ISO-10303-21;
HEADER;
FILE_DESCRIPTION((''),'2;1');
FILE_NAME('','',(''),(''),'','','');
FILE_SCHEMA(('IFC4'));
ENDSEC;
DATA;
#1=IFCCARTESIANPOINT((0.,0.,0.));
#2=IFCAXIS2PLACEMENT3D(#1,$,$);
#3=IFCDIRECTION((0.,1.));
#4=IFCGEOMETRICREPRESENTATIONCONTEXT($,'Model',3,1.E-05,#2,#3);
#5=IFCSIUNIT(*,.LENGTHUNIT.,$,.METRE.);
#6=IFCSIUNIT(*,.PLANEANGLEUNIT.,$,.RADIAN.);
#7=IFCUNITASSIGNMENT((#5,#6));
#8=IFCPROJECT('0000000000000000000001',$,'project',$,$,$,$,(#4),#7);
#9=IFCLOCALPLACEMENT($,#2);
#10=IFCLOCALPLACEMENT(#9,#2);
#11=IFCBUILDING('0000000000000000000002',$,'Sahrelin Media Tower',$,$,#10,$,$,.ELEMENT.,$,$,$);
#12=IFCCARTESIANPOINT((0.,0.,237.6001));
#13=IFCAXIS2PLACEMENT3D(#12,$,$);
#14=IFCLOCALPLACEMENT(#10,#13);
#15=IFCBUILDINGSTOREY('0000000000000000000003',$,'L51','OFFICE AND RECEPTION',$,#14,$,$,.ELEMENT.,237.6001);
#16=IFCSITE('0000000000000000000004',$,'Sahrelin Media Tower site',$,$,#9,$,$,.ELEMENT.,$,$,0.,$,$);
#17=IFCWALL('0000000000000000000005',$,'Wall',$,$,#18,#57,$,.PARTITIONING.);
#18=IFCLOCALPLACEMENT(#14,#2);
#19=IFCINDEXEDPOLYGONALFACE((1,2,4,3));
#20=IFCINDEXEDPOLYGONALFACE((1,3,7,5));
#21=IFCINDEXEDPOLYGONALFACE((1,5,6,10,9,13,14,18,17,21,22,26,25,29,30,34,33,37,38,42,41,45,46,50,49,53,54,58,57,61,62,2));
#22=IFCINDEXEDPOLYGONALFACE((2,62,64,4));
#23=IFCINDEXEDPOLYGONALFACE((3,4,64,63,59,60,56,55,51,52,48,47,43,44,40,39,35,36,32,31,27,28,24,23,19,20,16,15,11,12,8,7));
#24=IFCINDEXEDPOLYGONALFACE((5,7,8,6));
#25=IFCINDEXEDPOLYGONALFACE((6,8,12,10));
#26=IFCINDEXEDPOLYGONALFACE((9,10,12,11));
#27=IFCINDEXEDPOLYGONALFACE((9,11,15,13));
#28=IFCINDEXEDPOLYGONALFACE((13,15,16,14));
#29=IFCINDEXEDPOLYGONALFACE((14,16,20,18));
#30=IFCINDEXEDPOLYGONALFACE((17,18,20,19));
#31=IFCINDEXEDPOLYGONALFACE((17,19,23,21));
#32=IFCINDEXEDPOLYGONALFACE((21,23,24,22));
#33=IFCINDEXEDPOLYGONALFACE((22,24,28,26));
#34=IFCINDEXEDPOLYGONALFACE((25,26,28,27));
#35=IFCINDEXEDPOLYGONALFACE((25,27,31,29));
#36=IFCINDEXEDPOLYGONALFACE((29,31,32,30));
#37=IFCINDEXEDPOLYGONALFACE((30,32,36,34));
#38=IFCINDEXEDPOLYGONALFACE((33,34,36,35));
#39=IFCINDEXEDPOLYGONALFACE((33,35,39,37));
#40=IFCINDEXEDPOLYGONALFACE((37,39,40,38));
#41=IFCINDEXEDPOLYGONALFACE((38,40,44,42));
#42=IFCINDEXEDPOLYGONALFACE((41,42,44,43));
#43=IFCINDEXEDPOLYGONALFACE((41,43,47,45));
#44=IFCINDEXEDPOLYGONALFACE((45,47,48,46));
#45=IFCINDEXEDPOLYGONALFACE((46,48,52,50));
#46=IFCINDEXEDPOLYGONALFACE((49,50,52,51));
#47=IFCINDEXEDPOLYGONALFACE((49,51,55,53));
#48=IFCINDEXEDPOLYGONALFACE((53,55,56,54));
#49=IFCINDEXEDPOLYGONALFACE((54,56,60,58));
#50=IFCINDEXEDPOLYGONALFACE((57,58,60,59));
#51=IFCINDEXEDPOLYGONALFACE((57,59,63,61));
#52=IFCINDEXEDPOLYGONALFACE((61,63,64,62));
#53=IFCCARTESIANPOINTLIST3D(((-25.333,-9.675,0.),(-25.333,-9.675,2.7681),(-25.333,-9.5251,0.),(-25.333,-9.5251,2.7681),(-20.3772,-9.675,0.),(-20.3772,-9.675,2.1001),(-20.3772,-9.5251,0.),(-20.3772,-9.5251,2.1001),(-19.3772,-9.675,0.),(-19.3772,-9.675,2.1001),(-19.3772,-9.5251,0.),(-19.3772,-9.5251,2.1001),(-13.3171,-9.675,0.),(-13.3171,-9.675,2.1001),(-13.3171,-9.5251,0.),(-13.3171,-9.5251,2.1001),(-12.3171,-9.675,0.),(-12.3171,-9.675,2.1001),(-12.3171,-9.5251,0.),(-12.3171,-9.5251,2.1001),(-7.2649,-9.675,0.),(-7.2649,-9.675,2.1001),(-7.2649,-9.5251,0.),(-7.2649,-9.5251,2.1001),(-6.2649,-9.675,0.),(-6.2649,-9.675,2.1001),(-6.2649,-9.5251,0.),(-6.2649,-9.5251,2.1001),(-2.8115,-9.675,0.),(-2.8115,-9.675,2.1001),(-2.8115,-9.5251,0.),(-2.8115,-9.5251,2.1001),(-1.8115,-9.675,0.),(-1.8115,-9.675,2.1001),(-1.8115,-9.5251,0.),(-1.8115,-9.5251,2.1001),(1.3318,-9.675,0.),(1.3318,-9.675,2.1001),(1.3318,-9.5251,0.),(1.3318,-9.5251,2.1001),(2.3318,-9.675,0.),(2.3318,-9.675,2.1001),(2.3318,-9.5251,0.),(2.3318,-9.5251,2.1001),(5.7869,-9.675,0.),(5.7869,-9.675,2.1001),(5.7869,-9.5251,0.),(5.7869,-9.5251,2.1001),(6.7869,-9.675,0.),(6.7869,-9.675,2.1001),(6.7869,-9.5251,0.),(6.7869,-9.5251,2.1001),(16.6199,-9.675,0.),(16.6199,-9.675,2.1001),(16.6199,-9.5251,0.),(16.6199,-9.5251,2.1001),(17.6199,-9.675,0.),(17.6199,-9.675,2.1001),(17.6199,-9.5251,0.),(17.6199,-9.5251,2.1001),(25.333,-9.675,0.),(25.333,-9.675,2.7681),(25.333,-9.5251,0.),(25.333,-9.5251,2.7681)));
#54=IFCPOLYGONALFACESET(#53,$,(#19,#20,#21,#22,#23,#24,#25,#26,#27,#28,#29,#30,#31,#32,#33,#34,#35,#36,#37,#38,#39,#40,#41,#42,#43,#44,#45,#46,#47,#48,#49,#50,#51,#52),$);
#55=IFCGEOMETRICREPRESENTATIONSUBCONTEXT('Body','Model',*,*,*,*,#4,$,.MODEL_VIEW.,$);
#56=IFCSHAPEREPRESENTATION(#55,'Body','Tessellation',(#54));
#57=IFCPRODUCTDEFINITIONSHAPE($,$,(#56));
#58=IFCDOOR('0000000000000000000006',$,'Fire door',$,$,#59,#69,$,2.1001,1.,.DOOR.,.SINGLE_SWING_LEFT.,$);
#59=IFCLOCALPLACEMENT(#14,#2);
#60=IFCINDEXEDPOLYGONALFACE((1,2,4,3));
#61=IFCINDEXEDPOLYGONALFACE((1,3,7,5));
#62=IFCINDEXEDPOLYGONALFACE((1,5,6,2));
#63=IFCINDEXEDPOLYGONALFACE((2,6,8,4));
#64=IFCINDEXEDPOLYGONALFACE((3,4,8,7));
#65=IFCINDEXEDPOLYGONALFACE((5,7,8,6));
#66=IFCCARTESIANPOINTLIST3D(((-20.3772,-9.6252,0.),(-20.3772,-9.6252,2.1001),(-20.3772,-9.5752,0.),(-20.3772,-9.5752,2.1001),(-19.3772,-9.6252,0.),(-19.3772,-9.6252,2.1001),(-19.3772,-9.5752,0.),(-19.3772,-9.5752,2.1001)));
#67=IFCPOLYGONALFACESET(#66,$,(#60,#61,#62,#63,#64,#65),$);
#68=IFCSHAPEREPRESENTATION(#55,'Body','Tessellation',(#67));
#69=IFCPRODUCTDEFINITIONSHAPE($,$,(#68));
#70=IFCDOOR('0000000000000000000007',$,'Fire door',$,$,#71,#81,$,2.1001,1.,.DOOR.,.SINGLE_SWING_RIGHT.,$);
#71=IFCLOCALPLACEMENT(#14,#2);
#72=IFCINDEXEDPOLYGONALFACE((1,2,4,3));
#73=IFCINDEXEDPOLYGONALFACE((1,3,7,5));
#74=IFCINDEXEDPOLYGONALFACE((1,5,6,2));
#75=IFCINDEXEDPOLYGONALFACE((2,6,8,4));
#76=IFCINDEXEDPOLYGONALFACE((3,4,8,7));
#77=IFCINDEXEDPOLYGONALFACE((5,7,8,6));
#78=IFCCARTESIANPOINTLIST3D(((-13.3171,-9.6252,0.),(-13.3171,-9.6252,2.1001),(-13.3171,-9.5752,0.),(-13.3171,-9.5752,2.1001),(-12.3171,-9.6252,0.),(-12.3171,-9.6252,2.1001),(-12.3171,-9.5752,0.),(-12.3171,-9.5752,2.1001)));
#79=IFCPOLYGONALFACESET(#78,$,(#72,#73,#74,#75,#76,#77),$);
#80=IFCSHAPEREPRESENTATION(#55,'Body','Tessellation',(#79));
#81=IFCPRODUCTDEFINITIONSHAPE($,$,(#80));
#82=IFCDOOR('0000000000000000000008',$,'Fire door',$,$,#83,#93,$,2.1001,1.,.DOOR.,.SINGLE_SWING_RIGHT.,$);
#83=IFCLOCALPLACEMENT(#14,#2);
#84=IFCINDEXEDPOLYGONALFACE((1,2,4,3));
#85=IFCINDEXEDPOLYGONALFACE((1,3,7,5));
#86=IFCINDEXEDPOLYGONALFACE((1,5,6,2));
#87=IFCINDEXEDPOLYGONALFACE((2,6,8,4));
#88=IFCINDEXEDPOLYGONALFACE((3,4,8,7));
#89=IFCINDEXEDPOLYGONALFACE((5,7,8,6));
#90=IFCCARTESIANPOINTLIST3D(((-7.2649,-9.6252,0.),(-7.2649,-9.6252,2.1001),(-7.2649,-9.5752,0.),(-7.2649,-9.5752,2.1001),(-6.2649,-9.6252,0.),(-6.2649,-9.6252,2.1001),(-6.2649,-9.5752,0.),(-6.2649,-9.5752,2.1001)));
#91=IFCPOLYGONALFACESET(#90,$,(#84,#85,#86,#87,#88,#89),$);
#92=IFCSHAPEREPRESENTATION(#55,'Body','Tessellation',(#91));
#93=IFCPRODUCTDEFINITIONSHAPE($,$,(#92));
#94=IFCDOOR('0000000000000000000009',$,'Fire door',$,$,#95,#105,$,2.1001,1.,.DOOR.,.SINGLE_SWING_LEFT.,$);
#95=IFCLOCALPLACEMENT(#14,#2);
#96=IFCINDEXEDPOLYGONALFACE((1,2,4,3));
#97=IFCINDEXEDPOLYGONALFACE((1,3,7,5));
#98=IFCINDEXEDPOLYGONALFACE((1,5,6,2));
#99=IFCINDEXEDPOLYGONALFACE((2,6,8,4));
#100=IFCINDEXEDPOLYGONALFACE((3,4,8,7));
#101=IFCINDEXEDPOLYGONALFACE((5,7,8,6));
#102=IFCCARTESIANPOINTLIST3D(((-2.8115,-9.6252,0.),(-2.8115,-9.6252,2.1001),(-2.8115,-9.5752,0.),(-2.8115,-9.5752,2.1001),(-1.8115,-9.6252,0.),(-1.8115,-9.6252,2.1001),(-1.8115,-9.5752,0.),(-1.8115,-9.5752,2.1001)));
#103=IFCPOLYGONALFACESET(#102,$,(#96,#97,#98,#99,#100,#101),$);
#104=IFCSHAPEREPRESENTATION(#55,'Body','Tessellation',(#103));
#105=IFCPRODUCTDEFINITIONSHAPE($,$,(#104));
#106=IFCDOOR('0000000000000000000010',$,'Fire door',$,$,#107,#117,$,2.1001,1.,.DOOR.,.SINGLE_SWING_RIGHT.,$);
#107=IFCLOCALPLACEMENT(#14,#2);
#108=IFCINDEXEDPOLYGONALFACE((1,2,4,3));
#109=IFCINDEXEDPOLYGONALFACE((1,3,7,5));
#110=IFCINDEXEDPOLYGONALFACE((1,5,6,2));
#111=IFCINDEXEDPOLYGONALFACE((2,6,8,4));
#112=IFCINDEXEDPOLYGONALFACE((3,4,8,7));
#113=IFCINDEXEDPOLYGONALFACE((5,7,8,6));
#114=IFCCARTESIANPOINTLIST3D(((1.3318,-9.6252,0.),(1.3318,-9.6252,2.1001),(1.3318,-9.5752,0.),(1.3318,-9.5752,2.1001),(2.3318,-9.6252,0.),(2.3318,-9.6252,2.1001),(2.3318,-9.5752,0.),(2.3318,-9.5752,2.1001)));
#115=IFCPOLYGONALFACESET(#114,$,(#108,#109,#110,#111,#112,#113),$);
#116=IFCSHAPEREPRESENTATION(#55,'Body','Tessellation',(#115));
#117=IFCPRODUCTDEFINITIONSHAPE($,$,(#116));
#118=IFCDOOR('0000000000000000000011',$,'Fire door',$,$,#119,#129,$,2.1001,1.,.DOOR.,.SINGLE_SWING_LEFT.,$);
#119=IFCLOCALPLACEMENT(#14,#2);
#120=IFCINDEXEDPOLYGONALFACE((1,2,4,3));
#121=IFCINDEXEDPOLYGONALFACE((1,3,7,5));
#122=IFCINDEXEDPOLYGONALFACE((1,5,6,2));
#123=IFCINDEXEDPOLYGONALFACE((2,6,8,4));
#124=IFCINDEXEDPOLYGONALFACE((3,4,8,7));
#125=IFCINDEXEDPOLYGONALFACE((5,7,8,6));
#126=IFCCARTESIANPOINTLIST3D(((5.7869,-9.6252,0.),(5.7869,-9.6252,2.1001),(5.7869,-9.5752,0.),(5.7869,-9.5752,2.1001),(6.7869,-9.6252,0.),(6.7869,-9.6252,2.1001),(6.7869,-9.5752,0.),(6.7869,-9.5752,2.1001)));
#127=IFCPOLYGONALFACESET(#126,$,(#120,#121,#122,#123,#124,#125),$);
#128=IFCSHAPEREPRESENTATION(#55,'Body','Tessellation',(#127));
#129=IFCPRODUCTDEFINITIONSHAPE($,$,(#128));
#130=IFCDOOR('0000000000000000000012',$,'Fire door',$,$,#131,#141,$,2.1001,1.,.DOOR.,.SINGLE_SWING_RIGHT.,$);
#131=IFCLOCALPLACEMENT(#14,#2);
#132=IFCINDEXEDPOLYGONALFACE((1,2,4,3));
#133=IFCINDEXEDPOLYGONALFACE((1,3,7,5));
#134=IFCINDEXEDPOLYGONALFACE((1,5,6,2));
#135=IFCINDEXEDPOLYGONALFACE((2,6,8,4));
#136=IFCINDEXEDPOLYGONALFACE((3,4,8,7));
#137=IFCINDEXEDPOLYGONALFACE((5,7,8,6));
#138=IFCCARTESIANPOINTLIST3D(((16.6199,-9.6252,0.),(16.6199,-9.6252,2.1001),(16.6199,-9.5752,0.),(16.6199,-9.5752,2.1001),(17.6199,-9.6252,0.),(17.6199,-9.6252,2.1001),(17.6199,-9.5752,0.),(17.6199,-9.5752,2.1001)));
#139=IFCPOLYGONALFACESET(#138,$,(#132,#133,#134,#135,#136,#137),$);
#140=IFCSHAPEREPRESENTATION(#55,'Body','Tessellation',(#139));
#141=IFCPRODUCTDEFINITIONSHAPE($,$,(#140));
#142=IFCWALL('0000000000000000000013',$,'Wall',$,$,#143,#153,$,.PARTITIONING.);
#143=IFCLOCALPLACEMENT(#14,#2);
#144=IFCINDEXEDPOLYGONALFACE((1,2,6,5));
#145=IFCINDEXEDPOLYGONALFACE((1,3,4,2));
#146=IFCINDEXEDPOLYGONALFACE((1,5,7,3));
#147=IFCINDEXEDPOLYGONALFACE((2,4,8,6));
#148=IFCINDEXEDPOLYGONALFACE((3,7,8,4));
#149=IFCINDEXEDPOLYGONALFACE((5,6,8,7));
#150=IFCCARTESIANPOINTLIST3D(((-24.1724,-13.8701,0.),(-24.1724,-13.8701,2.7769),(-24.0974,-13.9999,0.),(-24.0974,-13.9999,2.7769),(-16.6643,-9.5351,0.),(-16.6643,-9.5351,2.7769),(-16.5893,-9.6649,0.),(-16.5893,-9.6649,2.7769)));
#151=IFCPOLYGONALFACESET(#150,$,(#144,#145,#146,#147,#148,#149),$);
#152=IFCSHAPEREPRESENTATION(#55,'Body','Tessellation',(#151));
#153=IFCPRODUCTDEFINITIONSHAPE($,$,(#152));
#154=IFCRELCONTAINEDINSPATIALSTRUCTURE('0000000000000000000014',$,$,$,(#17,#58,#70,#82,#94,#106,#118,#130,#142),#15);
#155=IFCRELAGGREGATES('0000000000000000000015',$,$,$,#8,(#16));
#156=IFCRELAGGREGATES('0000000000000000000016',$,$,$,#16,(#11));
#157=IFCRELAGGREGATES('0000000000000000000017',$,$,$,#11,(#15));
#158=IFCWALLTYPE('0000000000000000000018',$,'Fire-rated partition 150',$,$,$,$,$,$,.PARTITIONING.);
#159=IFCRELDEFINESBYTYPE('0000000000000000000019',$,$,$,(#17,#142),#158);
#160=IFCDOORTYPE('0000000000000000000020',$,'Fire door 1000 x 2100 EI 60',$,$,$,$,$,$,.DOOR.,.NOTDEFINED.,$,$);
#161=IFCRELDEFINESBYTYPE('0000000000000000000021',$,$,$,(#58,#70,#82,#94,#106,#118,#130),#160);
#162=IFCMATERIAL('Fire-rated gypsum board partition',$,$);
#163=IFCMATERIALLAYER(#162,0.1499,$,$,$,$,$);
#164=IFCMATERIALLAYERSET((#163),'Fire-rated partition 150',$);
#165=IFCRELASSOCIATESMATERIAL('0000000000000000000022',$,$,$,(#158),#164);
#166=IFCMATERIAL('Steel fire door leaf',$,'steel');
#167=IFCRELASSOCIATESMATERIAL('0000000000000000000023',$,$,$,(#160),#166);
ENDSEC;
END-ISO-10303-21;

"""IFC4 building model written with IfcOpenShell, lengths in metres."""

from ifc_helpers import new_model, si_unit, direction, frame, frame_2d, origin, place, context, subcontext, project, spatial, rectangle, extrude, material, layer, layer_set, type_object, element, fill, save


model = new_model("IFC4")

# Units and contexts
model_context = context("Model", 3, precision=1e-05, world=origin(), true_north=direction((0.0, 1.0)))
body_context = subcontext(model_context, "Body", "Model", "MODEL_VIEW")
ifc_project = project(units=[si_unit("LENGTHUNIT", "METRE"), si_unit("PLANEANGLEUNIT", "RADIAN")], contexts=[model_context])

# Site, building, storey
site_placement = place(None, origin())
site = spatial("IfcSite", under=ifc_project, at=site_placement, Name="Sahrelin Media Tower site", CompositionType="ELEMENT", RefElevation=0.0)
building_placement = place(site_placement, origin())
building = spatial("IfcBuilding", under=site, at=building_placement, Name="Sahrelin Media Tower", CompositionType="ELEMENT")
storey_placement = place(building_placement, frame((0.0, 0.0, 237.6001)))
storey = spatial("IfcBuildingStorey", under=building, at=storey_placement, Name="L51", Description="OFFICE AND RECEPTION", CompositionType="ELEMENT", Elevation=237.6001)

# Shared definitions
ifc_material_1 = material(Name="Fire-rated gypsum board partition")
ifc_layer_1 = layer(ifc_material_1, 0.1499)
ifc_layer_set_1 = layer_set([ifc_layer_1], Name="Fire-rated partition 150")
wall_type_1 = type_object("IfcWallType", Name="Fire-rated partition 150", PredefinedType="PARTITIONING", material=ifc_layer_set_1)

# Wall, openings, doors
wall_1_placement = place(storey_placement, frame((-25.333, -9.6001, 0.0), z_axis=(0.0, 0.0, 1.0), x_axis=(1.0, 0.0, 0.0)))
wall_1 = element("IfcWall", 1, at=wall_1_placement, inside=storey, type_object=wall_type_1, Name="Wall", PredefinedType="PARTITIONING", context=body_context, shape_type="SweptSolid", body=[
    extrude(rectangle(XDim=50.666, YDim=0.1499, at=frame_2d((25.333, 0.0))), origin(), (0.0, 0.0, 1.0), 2.7681),
])
opening_1_placement = place(wall_1_placement, frame((4.9558, 0.0, 0.0)))
opening_1 = element("IfcOpeningElement", 2, at=opening_1_placement, cuts=wall_1, PredefinedType="OPENING", context=body_context, shape_type="SweptSolid", body=[
    extrude(rectangle(XDim=1.0, YDim=2.1001, at=frame_2d((0.5, 1.05))), frame((0.0, 0.075, 0.0), z_axis=(0.0, -1.0, 0.0), x_axis=(1.0, 0.0, 0.0)), (0.0, 0.0, 1.0), 0.1499),
])
opening_2_placement = place(wall_1_placement, frame((12.0159, 0.0, 0.0)))
opening_2 = element("IfcOpeningElement", 3, at=opening_2_placement, cuts=wall_1, PredefinedType="OPENING", context=body_context, shape_type="SweptSolid", body=[
    extrude(rectangle(XDim=1.0, YDim=2.1001, at=frame_2d((0.5, 1.05))), frame((0.0, 0.075, 0.0), z_axis=(0.0, -1.0, 0.0), x_axis=(1.0, 0.0, 0.0)), (0.0, 0.0, 1.0), 0.1499),
])
opening_3_placement = place(wall_1_placement, frame((18.0681, 0.0, 0.0)))
opening_3 = element("IfcOpeningElement", 4, at=opening_3_placement, cuts=wall_1, PredefinedType="OPENING", context=body_context, shape_type="SweptSolid", body=[
    extrude(rectangle(XDim=1.0, YDim=2.1001, at=frame_2d((0.5, 1.05))), frame((0.0, 0.075, 0.0), z_axis=(0.0, -1.0, 0.0), x_axis=(1.0, 0.0, 0.0)), (0.0, 0.0, 1.0), 0.1499),
])
opening_4_placement = place(wall_1_placement, frame((22.5215, 0.0, 0.0)))
opening_4 = element("IfcOpeningElement", 5, at=opening_4_placement, cuts=wall_1, PredefinedType="OPENING", context=body_context, shape_type="SweptSolid", body=[
    extrude(rectangle(XDim=1.0, YDim=2.1001, at=frame_2d((0.5, 1.05))), frame((0.0, 0.075, 0.0), z_axis=(0.0, -1.0, 0.0), x_axis=(1.0, 0.0, 0.0)), (0.0, 0.0, 1.0), 0.1499),
])
opening_5_placement = place(wall_1_placement, frame((26.6648, 0.0, 0.0)))
opening_5 = element("IfcOpeningElement", 6, at=opening_5_placement, cuts=wall_1, PredefinedType="OPENING", context=body_context, shape_type="SweptSolid", body=[
    extrude(rectangle(XDim=1.0, YDim=2.1001, at=frame_2d((0.5, 1.05))), frame((0.0, 0.075, 0.0), z_axis=(0.0, -1.0, 0.0), x_axis=(1.0, 0.0, 0.0)), (0.0, 0.0, 1.0), 0.1499),
])
opening_6_placement = place(wall_1_placement, frame((31.1199, 0.0, 0.0)))
opening_6 = element("IfcOpeningElement", 7, at=opening_6_placement, cuts=wall_1, PredefinedType="OPENING", context=body_context, shape_type="SweptSolid", body=[
    extrude(rectangle(XDim=1.0, YDim=2.1001, at=frame_2d((0.5, 1.05))), frame((0.0, 0.075, 0.0), z_axis=(0.0, -1.0, 0.0), x_axis=(1.0, 0.0, 0.0)), (0.0, 0.0, 1.0), 0.1499),
])
opening_7_placement = place(wall_1_placement, frame((41.9529, 0.0, 0.0)))
opening_7 = element("IfcOpeningElement", 8, at=opening_7_placement, cuts=wall_1, PredefinedType="OPENING", context=body_context, shape_type="SweptSolid", body=[
    extrude(rectangle(XDim=1.0, YDim=2.1001, at=frame_2d((0.5, 1.05))), frame((0.0, 0.075, 0.0), z_axis=(0.0, -1.0, 0.0), x_axis=(1.0, 0.0, 0.0)), (0.0, 0.0, 1.0), 0.1499),
])
ifc_material_2 = material(Name="Steel fire door leaf", Category="steel")
door_type_1 = type_object("IfcDoorType", Name="Fire door 1000 x 2100 EI 60", OperationType="NOTDEFINED", PredefinedType="DOOR", material=ifc_material_2)
door_1_placement = place(opening_1_placement, origin())
door_1 = element("IfcDoor", 9, at=door_1_placement, inside=storey, type_object=door_type_1, Name="Fire door", OperationType="SINGLE_SWING_LEFT", OverallHeight=2.1001, OverallWidth=1.0, PredefinedType="DOOR", context=body_context, shape_type="SweptSolid", body=[
    extrude(rectangle(XDim=1.0, YDim=2.1001, at=frame_2d((0.5, 1.05))), frame((0.0, 0.0249, 0.0), z_axis=(0.0, -1.0, 0.0), x_axis=(1.0, 0.0, 0.0)), (0.0, 0.0, 1.0), 0.05),
])
fill(opening_1, door_1)
door_2_placement = place(opening_2_placement, origin())
door_2 = element("IfcDoor", 10, at=door_2_placement, inside=storey, type_object=door_type_1, Name="Fire door", OperationType="SINGLE_SWING_RIGHT", OverallHeight=2.1001, OverallWidth=1.0, PredefinedType="DOOR", context=body_context, shape_type="SweptSolid", body=[
    extrude(rectangle(XDim=1.0, YDim=2.1001, at=frame_2d((0.5, 1.05))), frame((0.0, 0.0249, 0.0), z_axis=(0.0, -1.0, 0.0), x_axis=(1.0, 0.0, 0.0)), (0.0, 0.0, 1.0), 0.05),
])
fill(opening_2, door_2)
door_3_placement = place(opening_3_placement, origin())
door_3 = element("IfcDoor", 11, at=door_3_placement, inside=storey, type_object=door_type_1, Name="Fire door", OperationType="SINGLE_SWING_RIGHT", OverallHeight=2.1001, OverallWidth=1.0, PredefinedType="DOOR", context=body_context, shape_type="SweptSolid", body=[
    extrude(rectangle(XDim=1.0, YDim=2.1001, at=frame_2d((0.5, 1.05))), frame((0.0, 0.0249, 0.0), z_axis=(0.0, -1.0, 0.0), x_axis=(1.0, 0.0, 0.0)), (0.0, 0.0, 1.0), 0.05),
])
fill(opening_3, door_3)
door_4_placement = place(opening_4_placement, origin())
door_4 = element("IfcDoor", 12, at=door_4_placement, inside=storey, type_object=door_type_1, Name="Fire door", OperationType="SINGLE_SWING_LEFT", OverallHeight=2.1001, OverallWidth=1.0, PredefinedType="DOOR", context=body_context, shape_type="SweptSolid", body=[
    extrude(rectangle(XDim=1.0, YDim=2.1001, at=frame_2d((0.5, 1.05))), frame((0.0, 0.0249, 0.0), z_axis=(0.0, -1.0, 0.0), x_axis=(1.0, 0.0, 0.0)), (0.0, 0.0, 1.0), 0.05),
])
fill(opening_4, door_4)
door_5_placement = place(opening_5_placement, origin())
door_5 = element("IfcDoor", 13, at=door_5_placement, inside=storey, type_object=door_type_1, Name="Fire door", OperationType="SINGLE_SWING_RIGHT", OverallHeight=2.1001, OverallWidth=1.0, PredefinedType="DOOR", context=body_context, shape_type="SweptSolid", body=[
    extrude(rectangle(XDim=1.0, YDim=2.1001, at=frame_2d((0.5, 1.05))), frame((0.0, 0.0249, 0.0), z_axis=(0.0, -1.0, 0.0), x_axis=(1.0, 0.0, 0.0)), (0.0, 0.0, 1.0), 0.05),
])
fill(opening_5, door_5)
door_6_placement = place(opening_6_placement, origin())
door_6 = element("IfcDoor", 14, at=door_6_placement, inside=storey, type_object=door_type_1, Name="Fire door", OperationType="SINGLE_SWING_LEFT", OverallHeight=2.1001, OverallWidth=1.0, PredefinedType="DOOR", context=body_context, shape_type="SweptSolid", body=[
    extrude(rectangle(XDim=1.0, YDim=2.1001, at=frame_2d((0.5, 1.05))), frame((0.0, 0.0249, 0.0), z_axis=(0.0, -1.0, 0.0), x_axis=(1.0, 0.0, 0.0)), (0.0, 0.0, 1.0), 0.05),
])
fill(opening_6, door_6)
door_7_placement = place(opening_7_placement, origin())
door_7 = element("IfcDoor", 15, at=door_7_placement, inside=storey, type_object=door_type_1, Name="Fire door", OperationType="SINGLE_SWING_RIGHT", OverallHeight=2.1001, OverallWidth=1.0, PredefinedType="DOOR", context=body_context, shape_type="SweptSolid", body=[
    extrude(rectangle(XDim=1.0, YDim=2.1001, at=frame_2d((0.5, 1.05))), frame((0.0, 0.0249, 0.0), z_axis=(0.0, -1.0, 0.0), x_axis=(1.0, 0.0, 0.0)), (0.0, 0.0, 1.0), 0.05),
])
fill(opening_7, door_7)

# Wall
wall_2_placement = place(storey_placement, frame((-24.135, -13.9351, 0.0), z_axis=(0.0, 0.0, 1.0), x_axis=(0.866016, 0.500016, 0.0)))
element("IfcWall", 16, at=wall_2_placement, inside=storey, type_object=wall_type_1, Name="Wall", PredefinedType="PARTITIONING", context=body_context, shape_type="SweptSolid", body=[
    extrude(rectangle(XDim=8.6697, YDim=0.1499, at=frame_2d((4.335, 0.0))), origin(), (0.0, 0.0, 1.0), 2.7769),
])

save(model, "model.ifc")
